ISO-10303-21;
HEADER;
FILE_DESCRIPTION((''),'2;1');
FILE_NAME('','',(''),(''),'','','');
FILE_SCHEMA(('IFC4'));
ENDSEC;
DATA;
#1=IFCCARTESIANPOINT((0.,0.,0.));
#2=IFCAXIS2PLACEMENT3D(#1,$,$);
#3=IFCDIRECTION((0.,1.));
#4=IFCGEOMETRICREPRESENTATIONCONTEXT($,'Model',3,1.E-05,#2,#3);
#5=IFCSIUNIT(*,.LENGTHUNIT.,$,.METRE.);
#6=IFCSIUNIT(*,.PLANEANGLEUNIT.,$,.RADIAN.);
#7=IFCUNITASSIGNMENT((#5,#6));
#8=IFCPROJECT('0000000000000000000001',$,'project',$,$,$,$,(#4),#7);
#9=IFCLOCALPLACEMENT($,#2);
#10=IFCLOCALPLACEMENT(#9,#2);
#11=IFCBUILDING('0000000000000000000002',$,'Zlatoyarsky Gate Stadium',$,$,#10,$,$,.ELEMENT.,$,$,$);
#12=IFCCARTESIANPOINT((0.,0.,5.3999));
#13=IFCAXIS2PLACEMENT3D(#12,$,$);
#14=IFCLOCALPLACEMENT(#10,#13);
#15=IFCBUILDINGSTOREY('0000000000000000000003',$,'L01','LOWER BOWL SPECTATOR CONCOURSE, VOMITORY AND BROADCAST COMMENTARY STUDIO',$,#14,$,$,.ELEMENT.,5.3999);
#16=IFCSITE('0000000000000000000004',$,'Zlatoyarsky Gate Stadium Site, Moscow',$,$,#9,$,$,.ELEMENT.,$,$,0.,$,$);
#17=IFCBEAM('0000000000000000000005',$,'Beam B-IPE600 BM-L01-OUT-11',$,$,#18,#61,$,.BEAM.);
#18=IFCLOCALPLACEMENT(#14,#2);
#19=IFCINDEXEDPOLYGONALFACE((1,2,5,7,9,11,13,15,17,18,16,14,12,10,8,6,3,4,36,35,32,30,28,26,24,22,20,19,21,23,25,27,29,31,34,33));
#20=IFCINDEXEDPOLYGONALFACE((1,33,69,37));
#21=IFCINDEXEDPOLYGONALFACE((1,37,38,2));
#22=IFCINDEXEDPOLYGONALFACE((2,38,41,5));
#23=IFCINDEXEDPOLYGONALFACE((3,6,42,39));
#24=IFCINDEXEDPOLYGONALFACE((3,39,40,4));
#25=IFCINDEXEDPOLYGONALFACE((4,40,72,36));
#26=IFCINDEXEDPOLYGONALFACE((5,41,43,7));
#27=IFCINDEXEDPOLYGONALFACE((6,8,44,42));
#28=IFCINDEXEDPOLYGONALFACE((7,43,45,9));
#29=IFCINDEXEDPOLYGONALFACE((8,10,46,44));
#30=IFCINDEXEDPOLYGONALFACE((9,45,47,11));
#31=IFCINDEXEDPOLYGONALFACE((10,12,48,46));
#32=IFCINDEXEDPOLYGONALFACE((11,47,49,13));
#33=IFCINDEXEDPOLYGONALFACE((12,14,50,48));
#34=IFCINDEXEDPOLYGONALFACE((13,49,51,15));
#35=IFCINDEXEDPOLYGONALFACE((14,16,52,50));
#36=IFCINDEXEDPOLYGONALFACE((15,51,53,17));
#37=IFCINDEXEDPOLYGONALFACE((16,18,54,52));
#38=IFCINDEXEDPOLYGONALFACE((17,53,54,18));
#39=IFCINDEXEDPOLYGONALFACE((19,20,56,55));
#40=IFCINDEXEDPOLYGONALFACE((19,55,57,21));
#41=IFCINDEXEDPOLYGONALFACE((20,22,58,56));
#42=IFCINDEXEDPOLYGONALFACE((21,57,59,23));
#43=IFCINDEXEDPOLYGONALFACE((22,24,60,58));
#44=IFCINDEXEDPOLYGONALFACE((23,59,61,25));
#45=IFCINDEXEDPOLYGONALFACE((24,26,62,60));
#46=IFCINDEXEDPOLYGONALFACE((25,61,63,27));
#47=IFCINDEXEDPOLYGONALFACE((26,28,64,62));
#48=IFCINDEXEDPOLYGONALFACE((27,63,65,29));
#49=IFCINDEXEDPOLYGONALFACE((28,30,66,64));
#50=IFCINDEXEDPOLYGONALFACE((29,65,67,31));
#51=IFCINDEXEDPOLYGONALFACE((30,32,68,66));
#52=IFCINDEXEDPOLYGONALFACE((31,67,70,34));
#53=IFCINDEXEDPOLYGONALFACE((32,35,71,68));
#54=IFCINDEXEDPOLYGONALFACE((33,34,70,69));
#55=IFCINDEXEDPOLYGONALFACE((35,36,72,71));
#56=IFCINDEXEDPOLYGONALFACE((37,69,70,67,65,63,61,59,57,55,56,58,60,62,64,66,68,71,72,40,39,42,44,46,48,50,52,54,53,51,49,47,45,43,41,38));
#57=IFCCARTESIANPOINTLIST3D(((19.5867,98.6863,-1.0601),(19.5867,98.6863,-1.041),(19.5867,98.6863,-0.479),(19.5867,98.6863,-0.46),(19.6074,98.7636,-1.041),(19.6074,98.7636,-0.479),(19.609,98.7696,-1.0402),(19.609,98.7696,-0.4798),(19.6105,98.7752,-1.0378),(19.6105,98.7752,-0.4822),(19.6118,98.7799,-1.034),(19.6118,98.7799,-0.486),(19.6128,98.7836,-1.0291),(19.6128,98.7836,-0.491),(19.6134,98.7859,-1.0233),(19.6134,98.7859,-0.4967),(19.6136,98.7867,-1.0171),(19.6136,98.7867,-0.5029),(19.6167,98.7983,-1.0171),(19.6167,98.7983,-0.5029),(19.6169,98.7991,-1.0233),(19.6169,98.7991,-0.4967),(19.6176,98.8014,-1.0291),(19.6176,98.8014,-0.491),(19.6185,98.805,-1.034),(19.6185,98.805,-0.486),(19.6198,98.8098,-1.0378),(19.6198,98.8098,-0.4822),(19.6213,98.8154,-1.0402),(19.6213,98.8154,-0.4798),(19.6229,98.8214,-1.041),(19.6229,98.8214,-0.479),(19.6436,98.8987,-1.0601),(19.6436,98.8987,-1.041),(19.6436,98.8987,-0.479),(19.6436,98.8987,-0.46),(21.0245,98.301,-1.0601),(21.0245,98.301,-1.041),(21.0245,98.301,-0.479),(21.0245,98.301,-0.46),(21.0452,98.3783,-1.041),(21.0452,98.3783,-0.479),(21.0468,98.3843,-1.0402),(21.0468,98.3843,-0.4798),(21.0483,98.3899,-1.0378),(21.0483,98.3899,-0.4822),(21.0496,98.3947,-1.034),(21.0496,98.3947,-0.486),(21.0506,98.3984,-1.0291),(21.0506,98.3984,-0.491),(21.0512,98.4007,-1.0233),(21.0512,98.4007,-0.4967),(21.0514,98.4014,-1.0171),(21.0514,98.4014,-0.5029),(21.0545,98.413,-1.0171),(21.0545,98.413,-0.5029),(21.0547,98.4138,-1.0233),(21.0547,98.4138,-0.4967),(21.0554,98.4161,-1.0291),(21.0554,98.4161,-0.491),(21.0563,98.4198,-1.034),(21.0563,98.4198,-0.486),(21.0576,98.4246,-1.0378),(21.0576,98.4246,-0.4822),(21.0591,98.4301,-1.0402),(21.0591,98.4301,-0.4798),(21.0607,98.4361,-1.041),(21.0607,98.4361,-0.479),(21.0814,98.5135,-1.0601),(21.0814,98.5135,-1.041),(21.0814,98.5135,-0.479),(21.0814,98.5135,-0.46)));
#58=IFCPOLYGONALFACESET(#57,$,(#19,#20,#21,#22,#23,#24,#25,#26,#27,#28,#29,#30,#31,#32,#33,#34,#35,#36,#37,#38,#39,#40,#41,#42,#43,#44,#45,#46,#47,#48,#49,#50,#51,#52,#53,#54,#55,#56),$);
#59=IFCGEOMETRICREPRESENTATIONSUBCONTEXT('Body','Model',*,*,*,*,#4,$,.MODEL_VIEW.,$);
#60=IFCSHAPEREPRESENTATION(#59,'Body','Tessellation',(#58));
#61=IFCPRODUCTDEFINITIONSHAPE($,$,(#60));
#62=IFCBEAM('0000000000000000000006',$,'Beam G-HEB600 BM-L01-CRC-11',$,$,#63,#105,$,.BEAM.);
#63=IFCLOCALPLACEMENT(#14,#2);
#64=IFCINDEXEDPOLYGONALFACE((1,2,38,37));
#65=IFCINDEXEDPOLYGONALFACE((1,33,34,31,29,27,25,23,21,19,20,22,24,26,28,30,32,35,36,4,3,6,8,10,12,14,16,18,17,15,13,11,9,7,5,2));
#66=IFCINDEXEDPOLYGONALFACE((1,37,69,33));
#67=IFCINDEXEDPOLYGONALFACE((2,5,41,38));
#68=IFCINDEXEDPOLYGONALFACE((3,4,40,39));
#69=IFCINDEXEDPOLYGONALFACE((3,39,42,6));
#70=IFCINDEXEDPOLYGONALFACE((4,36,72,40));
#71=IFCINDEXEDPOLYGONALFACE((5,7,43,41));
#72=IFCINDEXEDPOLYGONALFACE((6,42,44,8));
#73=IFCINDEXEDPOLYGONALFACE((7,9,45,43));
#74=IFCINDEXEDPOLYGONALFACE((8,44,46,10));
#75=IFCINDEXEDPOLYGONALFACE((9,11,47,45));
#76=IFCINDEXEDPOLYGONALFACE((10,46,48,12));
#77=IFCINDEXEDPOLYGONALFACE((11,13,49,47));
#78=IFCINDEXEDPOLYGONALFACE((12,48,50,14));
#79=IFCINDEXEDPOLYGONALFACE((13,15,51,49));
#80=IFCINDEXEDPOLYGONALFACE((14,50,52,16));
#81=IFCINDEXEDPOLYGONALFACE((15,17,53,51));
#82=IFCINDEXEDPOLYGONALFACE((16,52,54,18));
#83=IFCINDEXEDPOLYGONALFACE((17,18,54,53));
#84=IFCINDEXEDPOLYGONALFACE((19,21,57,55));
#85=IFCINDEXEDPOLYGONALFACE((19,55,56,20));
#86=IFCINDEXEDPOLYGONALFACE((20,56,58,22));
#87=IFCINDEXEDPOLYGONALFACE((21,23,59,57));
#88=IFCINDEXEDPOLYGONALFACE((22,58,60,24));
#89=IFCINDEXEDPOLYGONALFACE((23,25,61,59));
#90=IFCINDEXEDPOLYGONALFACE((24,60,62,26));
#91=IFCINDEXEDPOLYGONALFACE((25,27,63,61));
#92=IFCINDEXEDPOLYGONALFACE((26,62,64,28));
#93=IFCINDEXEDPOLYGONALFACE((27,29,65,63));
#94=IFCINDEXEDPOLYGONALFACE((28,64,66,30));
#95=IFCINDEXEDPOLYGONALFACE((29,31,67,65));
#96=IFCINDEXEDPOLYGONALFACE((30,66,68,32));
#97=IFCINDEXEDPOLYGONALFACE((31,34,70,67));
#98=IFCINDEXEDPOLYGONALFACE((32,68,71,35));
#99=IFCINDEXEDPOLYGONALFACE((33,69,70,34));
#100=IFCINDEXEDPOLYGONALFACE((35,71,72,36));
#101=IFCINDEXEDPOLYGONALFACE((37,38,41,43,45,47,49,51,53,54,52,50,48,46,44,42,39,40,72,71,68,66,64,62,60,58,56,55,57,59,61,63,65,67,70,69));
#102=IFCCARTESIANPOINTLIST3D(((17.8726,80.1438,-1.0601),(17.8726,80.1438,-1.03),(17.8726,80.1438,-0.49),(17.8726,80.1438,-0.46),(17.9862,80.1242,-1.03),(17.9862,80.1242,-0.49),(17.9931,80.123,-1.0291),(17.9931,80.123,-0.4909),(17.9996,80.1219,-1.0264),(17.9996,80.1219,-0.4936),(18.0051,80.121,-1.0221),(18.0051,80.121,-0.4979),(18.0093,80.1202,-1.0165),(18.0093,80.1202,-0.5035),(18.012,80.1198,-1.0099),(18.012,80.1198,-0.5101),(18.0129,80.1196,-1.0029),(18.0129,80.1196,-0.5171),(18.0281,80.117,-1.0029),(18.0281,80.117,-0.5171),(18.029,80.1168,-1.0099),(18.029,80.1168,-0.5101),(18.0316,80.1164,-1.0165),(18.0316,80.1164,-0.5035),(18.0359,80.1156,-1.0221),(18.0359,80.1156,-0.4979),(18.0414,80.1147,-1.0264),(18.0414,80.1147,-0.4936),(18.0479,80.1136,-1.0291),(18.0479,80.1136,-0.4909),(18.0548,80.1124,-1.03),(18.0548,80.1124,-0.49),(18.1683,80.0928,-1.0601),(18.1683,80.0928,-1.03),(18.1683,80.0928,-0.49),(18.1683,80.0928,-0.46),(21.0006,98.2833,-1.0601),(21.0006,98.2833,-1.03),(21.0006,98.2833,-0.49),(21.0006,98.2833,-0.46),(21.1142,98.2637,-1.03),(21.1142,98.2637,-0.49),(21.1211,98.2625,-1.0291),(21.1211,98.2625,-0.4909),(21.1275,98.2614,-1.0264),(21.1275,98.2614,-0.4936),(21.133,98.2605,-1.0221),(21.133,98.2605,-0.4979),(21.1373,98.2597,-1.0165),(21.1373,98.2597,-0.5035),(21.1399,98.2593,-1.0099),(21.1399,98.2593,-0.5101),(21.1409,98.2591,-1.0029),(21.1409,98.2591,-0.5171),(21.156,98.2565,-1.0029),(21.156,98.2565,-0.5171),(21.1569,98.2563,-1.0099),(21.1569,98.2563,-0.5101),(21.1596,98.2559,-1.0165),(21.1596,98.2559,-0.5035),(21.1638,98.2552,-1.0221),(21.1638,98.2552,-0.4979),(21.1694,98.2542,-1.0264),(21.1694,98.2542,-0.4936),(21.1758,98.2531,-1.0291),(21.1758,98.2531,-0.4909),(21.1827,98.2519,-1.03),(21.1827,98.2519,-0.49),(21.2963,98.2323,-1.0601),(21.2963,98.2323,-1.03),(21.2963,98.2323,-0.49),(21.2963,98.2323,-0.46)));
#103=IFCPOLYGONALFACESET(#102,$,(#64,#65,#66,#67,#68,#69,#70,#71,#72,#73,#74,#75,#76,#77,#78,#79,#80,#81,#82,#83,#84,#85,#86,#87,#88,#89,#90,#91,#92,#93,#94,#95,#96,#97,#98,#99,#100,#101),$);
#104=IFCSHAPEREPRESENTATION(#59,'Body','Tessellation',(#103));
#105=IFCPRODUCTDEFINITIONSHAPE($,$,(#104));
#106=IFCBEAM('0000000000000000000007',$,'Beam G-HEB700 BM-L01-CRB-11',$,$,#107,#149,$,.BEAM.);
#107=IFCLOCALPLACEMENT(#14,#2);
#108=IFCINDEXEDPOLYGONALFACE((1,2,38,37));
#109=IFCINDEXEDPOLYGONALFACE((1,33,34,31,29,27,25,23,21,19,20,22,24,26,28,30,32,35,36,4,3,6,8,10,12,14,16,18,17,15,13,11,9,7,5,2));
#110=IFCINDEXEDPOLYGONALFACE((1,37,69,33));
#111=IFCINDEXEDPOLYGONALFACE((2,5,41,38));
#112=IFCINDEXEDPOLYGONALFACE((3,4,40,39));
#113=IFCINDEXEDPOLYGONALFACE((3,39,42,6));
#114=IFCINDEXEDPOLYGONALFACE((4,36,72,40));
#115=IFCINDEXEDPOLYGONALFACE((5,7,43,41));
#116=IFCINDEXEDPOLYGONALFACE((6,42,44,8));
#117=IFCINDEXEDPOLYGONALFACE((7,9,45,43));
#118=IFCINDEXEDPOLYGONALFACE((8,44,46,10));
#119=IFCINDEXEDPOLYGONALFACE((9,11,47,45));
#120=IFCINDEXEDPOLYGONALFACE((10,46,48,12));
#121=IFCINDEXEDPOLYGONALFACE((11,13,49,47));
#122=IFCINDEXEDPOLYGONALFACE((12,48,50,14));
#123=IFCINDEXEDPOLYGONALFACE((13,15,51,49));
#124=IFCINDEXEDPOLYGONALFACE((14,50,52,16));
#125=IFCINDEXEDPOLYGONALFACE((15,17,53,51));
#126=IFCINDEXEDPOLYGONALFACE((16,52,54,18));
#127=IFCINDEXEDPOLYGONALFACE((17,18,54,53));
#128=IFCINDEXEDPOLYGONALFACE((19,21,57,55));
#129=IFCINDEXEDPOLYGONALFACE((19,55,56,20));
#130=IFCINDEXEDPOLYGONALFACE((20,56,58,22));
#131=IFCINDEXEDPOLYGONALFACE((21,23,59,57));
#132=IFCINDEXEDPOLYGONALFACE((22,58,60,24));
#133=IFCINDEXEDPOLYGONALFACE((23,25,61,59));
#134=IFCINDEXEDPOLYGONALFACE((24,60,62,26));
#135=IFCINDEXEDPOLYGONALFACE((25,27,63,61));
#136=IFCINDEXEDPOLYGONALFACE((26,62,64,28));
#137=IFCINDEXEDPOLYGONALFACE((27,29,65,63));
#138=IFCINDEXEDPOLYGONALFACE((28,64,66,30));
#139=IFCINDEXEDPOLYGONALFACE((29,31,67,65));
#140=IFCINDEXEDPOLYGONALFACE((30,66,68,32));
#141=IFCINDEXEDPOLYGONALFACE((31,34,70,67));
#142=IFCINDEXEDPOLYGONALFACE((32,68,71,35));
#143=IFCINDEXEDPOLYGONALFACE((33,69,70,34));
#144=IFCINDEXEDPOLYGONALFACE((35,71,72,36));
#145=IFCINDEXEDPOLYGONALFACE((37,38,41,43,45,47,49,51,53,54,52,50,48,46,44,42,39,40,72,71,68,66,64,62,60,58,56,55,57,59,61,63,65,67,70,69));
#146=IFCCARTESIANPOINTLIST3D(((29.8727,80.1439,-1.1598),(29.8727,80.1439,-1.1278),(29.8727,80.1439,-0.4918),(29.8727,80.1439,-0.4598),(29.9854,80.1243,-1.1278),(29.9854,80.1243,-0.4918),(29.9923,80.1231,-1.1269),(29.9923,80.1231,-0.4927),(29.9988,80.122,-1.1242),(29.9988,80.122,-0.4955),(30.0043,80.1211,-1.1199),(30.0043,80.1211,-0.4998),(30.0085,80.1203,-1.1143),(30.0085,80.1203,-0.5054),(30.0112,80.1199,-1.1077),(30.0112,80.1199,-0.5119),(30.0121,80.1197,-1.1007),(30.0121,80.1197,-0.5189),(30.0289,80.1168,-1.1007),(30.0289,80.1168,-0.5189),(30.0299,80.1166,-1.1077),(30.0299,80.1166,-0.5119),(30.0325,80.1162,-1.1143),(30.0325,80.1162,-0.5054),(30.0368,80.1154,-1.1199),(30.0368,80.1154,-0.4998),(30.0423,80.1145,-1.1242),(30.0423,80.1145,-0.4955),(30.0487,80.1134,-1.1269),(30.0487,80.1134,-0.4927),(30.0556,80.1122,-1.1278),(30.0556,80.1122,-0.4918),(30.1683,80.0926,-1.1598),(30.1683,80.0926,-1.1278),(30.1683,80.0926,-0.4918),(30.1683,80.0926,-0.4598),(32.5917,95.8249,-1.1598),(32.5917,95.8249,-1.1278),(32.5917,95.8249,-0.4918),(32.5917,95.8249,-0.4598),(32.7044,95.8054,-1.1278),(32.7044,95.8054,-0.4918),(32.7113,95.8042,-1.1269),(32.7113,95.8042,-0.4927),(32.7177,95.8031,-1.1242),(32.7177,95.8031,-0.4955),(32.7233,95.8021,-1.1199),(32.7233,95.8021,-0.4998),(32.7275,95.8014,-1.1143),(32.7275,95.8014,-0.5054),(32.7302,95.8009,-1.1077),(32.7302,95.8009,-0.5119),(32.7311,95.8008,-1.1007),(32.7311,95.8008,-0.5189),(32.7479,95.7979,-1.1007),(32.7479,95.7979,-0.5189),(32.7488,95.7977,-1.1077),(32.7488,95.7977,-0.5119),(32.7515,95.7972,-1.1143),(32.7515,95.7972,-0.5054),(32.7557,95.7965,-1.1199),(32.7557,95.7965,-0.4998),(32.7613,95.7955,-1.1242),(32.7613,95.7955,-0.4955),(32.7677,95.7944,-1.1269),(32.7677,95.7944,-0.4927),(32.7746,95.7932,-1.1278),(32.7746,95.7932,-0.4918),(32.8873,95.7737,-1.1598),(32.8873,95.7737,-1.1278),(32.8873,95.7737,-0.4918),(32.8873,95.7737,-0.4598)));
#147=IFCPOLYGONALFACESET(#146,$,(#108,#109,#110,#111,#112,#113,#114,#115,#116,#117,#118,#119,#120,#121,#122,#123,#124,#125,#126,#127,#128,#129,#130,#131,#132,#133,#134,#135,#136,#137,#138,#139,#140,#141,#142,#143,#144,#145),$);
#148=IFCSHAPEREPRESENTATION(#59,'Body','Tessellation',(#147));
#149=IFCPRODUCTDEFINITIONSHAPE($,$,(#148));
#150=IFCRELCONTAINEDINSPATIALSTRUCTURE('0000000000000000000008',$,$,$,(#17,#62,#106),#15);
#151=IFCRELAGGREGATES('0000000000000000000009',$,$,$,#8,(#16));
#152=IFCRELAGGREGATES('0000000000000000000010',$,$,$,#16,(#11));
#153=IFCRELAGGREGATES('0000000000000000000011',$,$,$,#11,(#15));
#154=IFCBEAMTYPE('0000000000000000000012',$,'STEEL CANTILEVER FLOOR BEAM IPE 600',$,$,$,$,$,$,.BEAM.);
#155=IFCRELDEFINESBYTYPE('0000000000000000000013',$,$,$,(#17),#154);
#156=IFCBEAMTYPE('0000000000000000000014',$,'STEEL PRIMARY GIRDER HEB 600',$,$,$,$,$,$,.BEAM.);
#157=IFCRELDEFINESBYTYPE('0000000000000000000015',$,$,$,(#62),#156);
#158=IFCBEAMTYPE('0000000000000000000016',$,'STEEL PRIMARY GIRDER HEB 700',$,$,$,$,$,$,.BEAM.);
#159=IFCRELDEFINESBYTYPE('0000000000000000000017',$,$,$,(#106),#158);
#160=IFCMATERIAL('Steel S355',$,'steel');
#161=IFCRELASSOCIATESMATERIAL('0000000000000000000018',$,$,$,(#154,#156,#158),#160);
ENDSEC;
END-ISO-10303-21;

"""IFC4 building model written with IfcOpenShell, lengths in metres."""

from ifc_helpers import new_model, si_unit, direction, frame, origin, origin_2d, place, context, subcontext, project, spatial, i_section, extrude, material, material_profile, profile_set, type_object, element, save


model = new_model("IFC4")

# Units and contexts
model_context = context("Model", 3, precision=1e-05, world=origin(), true_north=direction((0.0, 1.0)))
body_context = subcontext(model_context, "Body", "Model", "MODEL_VIEW")
ifc_project = project(units=[si_unit("LENGTHUNIT", "METRE"), si_unit("PLANEANGLEUNIT", "RADIAN")], contexts=[model_context])

# Site, building, storey
site_placement = place(None, origin())
site = spatial("IfcSite", under=ifc_project, at=site_placement, Name="Zlatoyarsky Gate Stadium Site, Moscow", CompositionType="ELEMENT", RefElevation=0.0)
building_placement = place(site_placement, origin())
building = spatial("IfcBuilding", under=site, at=building_placement, Name="Zlatoyarsky Gate Stadium", CompositionType="ELEMENT")
storey_placement = place(building_placement, frame((0.0, 0.0, 5.3999)))
storey = spatial("IfcBuildingStorey", under=building, at=storey_placement, Name="L01", Description="LOWER BOWL SPECTATOR CONCOURSE, VOMITORY AND BROADCAST COMMENTARY STUDIO", CompositionType="ELEMENT", Elevation=5.3999)

# Shared definitions
ifc_material_1 = material(Name="Steel S355", Category="steel")

# Beams
ifc_material_profile_1 = material_profile(ifc_material_1, i_section(OverallWidth=0.22, OverallDepth=0.6001, WebThickness=0.012, FlangeThickness=0.019, FilletRadius=0.0239, at=origin_2d()), Name="IPE 600")
ifc_profile_set_1 = profile_set([ifc_material_profile_1], Name="Steel S355")
beam_type_1 = type_object("IfcBeamType", Name="STEEL CANTILEVER FLOOR BEAM IPE 600", PredefinedType="BEAM", material=ifc_profile_set_1)
beam_1_placement = place(storey_placement, frame((21.053, 98.4072, -0.76), z_axis=(-0.965924, 0.258826, 0.0), x_axis=(-0.258826, -0.965924, 0.0)))
element("IfcBeam", 1, at=beam_1_placement, inside=storey, type_object=beam_type_1, Name="Beam B-IPE600 BM-L01-OUT-11", PredefinedType="BEAM", context=body_context, shape_type="SweptSolid", body=[
    extrude(i_section(OverallWidth=0.22, OverallDepth=0.6001, WebThickness=0.012, FlangeThickness=0.019, FilletRadius=0.0239, at=origin_2d()), origin(), (0.0, 0.0, 1.0), 1.4885),
])
ifc_material_profile_2 = material_profile(ifc_material_1, i_section(OverallWidth=0.3, OverallDepth=0.6001, WebThickness=0.0154, FlangeThickness=0.03, FilletRadius=0.0271, at=origin_2d()), Name="HEB 600")
ifc_profile_set_2 = profile_set([ifc_material_profile_2], Name="Steel S355")
beam_type_2 = type_object("IfcBeamType", Name="STEEL PRIMARY GIRDER HEB 600", PredefinedType="BEAM", material=ifc_profile_set_2)
beam_2_placement = place(storey_placement, frame((21.1484, 98.2578, -0.76), z_axis=(-0.16993, -0.985456, 0.0), x_axis=(0.985456, -0.16993, 0.0)))
element("IfcBeam", 2, at=beam_2_placement, inside=storey, type_object=beam_type_2, Name="Beam G-HEB600 BM-L01-CRC-11", PredefinedType="BEAM", context=body_context, shape_type="SweptSolid", body=[
    extrude(i_section(OverallWidth=0.3, OverallDepth=0.6001, WebThickness=0.0154, FlangeThickness=0.03, FilletRadius=0.0271, at=origin_2d()), origin(), (0.0, 0.0, 1.0), 18.4072),
])
ifc_material_profile_3 = material_profile(ifc_material_1, i_section(OverallWidth=0.3, OverallDepth=0.7, WebThickness=0.0171, FlangeThickness=0.032, FilletRadius=0.0271, at=origin_2d()), Name="HEB 700")
ifc_profile_set_3 = profile_set([ifc_material_profile_3], Name="Steel S355")
beam_type_3 = type_object("IfcBeamType", Name="STEEL PRIMARY GIRDER HEB 700", PredefinedType="BEAM", material=ifc_profile_set_3)
beam_3_placement = place(storey_placement, frame((32.7395, 95.7993, -0.8098), z_axis=(-0.170843, -0.985298, 0.0), x_axis=(0.985298, -0.170843, 0.0)))
element("IfcBeam", 3, at=beam_3_placement, inside=storey, type_object=beam_type_3, Name="Beam G-HEB700 BM-L01-CRB-11", PredefinedType="BEAM", context=body_context, shape_type="SweptSolid", body=[
    extrude(i_section(OverallWidth=0.3, OverallDepth=0.7, WebThickness=0.0171, FlangeThickness=0.032, FilletRadius=0.0271, at=origin_2d()), origin(), (0.0, 0.0, 1.0), 15.915),
])

save(model, "model.ifc")
